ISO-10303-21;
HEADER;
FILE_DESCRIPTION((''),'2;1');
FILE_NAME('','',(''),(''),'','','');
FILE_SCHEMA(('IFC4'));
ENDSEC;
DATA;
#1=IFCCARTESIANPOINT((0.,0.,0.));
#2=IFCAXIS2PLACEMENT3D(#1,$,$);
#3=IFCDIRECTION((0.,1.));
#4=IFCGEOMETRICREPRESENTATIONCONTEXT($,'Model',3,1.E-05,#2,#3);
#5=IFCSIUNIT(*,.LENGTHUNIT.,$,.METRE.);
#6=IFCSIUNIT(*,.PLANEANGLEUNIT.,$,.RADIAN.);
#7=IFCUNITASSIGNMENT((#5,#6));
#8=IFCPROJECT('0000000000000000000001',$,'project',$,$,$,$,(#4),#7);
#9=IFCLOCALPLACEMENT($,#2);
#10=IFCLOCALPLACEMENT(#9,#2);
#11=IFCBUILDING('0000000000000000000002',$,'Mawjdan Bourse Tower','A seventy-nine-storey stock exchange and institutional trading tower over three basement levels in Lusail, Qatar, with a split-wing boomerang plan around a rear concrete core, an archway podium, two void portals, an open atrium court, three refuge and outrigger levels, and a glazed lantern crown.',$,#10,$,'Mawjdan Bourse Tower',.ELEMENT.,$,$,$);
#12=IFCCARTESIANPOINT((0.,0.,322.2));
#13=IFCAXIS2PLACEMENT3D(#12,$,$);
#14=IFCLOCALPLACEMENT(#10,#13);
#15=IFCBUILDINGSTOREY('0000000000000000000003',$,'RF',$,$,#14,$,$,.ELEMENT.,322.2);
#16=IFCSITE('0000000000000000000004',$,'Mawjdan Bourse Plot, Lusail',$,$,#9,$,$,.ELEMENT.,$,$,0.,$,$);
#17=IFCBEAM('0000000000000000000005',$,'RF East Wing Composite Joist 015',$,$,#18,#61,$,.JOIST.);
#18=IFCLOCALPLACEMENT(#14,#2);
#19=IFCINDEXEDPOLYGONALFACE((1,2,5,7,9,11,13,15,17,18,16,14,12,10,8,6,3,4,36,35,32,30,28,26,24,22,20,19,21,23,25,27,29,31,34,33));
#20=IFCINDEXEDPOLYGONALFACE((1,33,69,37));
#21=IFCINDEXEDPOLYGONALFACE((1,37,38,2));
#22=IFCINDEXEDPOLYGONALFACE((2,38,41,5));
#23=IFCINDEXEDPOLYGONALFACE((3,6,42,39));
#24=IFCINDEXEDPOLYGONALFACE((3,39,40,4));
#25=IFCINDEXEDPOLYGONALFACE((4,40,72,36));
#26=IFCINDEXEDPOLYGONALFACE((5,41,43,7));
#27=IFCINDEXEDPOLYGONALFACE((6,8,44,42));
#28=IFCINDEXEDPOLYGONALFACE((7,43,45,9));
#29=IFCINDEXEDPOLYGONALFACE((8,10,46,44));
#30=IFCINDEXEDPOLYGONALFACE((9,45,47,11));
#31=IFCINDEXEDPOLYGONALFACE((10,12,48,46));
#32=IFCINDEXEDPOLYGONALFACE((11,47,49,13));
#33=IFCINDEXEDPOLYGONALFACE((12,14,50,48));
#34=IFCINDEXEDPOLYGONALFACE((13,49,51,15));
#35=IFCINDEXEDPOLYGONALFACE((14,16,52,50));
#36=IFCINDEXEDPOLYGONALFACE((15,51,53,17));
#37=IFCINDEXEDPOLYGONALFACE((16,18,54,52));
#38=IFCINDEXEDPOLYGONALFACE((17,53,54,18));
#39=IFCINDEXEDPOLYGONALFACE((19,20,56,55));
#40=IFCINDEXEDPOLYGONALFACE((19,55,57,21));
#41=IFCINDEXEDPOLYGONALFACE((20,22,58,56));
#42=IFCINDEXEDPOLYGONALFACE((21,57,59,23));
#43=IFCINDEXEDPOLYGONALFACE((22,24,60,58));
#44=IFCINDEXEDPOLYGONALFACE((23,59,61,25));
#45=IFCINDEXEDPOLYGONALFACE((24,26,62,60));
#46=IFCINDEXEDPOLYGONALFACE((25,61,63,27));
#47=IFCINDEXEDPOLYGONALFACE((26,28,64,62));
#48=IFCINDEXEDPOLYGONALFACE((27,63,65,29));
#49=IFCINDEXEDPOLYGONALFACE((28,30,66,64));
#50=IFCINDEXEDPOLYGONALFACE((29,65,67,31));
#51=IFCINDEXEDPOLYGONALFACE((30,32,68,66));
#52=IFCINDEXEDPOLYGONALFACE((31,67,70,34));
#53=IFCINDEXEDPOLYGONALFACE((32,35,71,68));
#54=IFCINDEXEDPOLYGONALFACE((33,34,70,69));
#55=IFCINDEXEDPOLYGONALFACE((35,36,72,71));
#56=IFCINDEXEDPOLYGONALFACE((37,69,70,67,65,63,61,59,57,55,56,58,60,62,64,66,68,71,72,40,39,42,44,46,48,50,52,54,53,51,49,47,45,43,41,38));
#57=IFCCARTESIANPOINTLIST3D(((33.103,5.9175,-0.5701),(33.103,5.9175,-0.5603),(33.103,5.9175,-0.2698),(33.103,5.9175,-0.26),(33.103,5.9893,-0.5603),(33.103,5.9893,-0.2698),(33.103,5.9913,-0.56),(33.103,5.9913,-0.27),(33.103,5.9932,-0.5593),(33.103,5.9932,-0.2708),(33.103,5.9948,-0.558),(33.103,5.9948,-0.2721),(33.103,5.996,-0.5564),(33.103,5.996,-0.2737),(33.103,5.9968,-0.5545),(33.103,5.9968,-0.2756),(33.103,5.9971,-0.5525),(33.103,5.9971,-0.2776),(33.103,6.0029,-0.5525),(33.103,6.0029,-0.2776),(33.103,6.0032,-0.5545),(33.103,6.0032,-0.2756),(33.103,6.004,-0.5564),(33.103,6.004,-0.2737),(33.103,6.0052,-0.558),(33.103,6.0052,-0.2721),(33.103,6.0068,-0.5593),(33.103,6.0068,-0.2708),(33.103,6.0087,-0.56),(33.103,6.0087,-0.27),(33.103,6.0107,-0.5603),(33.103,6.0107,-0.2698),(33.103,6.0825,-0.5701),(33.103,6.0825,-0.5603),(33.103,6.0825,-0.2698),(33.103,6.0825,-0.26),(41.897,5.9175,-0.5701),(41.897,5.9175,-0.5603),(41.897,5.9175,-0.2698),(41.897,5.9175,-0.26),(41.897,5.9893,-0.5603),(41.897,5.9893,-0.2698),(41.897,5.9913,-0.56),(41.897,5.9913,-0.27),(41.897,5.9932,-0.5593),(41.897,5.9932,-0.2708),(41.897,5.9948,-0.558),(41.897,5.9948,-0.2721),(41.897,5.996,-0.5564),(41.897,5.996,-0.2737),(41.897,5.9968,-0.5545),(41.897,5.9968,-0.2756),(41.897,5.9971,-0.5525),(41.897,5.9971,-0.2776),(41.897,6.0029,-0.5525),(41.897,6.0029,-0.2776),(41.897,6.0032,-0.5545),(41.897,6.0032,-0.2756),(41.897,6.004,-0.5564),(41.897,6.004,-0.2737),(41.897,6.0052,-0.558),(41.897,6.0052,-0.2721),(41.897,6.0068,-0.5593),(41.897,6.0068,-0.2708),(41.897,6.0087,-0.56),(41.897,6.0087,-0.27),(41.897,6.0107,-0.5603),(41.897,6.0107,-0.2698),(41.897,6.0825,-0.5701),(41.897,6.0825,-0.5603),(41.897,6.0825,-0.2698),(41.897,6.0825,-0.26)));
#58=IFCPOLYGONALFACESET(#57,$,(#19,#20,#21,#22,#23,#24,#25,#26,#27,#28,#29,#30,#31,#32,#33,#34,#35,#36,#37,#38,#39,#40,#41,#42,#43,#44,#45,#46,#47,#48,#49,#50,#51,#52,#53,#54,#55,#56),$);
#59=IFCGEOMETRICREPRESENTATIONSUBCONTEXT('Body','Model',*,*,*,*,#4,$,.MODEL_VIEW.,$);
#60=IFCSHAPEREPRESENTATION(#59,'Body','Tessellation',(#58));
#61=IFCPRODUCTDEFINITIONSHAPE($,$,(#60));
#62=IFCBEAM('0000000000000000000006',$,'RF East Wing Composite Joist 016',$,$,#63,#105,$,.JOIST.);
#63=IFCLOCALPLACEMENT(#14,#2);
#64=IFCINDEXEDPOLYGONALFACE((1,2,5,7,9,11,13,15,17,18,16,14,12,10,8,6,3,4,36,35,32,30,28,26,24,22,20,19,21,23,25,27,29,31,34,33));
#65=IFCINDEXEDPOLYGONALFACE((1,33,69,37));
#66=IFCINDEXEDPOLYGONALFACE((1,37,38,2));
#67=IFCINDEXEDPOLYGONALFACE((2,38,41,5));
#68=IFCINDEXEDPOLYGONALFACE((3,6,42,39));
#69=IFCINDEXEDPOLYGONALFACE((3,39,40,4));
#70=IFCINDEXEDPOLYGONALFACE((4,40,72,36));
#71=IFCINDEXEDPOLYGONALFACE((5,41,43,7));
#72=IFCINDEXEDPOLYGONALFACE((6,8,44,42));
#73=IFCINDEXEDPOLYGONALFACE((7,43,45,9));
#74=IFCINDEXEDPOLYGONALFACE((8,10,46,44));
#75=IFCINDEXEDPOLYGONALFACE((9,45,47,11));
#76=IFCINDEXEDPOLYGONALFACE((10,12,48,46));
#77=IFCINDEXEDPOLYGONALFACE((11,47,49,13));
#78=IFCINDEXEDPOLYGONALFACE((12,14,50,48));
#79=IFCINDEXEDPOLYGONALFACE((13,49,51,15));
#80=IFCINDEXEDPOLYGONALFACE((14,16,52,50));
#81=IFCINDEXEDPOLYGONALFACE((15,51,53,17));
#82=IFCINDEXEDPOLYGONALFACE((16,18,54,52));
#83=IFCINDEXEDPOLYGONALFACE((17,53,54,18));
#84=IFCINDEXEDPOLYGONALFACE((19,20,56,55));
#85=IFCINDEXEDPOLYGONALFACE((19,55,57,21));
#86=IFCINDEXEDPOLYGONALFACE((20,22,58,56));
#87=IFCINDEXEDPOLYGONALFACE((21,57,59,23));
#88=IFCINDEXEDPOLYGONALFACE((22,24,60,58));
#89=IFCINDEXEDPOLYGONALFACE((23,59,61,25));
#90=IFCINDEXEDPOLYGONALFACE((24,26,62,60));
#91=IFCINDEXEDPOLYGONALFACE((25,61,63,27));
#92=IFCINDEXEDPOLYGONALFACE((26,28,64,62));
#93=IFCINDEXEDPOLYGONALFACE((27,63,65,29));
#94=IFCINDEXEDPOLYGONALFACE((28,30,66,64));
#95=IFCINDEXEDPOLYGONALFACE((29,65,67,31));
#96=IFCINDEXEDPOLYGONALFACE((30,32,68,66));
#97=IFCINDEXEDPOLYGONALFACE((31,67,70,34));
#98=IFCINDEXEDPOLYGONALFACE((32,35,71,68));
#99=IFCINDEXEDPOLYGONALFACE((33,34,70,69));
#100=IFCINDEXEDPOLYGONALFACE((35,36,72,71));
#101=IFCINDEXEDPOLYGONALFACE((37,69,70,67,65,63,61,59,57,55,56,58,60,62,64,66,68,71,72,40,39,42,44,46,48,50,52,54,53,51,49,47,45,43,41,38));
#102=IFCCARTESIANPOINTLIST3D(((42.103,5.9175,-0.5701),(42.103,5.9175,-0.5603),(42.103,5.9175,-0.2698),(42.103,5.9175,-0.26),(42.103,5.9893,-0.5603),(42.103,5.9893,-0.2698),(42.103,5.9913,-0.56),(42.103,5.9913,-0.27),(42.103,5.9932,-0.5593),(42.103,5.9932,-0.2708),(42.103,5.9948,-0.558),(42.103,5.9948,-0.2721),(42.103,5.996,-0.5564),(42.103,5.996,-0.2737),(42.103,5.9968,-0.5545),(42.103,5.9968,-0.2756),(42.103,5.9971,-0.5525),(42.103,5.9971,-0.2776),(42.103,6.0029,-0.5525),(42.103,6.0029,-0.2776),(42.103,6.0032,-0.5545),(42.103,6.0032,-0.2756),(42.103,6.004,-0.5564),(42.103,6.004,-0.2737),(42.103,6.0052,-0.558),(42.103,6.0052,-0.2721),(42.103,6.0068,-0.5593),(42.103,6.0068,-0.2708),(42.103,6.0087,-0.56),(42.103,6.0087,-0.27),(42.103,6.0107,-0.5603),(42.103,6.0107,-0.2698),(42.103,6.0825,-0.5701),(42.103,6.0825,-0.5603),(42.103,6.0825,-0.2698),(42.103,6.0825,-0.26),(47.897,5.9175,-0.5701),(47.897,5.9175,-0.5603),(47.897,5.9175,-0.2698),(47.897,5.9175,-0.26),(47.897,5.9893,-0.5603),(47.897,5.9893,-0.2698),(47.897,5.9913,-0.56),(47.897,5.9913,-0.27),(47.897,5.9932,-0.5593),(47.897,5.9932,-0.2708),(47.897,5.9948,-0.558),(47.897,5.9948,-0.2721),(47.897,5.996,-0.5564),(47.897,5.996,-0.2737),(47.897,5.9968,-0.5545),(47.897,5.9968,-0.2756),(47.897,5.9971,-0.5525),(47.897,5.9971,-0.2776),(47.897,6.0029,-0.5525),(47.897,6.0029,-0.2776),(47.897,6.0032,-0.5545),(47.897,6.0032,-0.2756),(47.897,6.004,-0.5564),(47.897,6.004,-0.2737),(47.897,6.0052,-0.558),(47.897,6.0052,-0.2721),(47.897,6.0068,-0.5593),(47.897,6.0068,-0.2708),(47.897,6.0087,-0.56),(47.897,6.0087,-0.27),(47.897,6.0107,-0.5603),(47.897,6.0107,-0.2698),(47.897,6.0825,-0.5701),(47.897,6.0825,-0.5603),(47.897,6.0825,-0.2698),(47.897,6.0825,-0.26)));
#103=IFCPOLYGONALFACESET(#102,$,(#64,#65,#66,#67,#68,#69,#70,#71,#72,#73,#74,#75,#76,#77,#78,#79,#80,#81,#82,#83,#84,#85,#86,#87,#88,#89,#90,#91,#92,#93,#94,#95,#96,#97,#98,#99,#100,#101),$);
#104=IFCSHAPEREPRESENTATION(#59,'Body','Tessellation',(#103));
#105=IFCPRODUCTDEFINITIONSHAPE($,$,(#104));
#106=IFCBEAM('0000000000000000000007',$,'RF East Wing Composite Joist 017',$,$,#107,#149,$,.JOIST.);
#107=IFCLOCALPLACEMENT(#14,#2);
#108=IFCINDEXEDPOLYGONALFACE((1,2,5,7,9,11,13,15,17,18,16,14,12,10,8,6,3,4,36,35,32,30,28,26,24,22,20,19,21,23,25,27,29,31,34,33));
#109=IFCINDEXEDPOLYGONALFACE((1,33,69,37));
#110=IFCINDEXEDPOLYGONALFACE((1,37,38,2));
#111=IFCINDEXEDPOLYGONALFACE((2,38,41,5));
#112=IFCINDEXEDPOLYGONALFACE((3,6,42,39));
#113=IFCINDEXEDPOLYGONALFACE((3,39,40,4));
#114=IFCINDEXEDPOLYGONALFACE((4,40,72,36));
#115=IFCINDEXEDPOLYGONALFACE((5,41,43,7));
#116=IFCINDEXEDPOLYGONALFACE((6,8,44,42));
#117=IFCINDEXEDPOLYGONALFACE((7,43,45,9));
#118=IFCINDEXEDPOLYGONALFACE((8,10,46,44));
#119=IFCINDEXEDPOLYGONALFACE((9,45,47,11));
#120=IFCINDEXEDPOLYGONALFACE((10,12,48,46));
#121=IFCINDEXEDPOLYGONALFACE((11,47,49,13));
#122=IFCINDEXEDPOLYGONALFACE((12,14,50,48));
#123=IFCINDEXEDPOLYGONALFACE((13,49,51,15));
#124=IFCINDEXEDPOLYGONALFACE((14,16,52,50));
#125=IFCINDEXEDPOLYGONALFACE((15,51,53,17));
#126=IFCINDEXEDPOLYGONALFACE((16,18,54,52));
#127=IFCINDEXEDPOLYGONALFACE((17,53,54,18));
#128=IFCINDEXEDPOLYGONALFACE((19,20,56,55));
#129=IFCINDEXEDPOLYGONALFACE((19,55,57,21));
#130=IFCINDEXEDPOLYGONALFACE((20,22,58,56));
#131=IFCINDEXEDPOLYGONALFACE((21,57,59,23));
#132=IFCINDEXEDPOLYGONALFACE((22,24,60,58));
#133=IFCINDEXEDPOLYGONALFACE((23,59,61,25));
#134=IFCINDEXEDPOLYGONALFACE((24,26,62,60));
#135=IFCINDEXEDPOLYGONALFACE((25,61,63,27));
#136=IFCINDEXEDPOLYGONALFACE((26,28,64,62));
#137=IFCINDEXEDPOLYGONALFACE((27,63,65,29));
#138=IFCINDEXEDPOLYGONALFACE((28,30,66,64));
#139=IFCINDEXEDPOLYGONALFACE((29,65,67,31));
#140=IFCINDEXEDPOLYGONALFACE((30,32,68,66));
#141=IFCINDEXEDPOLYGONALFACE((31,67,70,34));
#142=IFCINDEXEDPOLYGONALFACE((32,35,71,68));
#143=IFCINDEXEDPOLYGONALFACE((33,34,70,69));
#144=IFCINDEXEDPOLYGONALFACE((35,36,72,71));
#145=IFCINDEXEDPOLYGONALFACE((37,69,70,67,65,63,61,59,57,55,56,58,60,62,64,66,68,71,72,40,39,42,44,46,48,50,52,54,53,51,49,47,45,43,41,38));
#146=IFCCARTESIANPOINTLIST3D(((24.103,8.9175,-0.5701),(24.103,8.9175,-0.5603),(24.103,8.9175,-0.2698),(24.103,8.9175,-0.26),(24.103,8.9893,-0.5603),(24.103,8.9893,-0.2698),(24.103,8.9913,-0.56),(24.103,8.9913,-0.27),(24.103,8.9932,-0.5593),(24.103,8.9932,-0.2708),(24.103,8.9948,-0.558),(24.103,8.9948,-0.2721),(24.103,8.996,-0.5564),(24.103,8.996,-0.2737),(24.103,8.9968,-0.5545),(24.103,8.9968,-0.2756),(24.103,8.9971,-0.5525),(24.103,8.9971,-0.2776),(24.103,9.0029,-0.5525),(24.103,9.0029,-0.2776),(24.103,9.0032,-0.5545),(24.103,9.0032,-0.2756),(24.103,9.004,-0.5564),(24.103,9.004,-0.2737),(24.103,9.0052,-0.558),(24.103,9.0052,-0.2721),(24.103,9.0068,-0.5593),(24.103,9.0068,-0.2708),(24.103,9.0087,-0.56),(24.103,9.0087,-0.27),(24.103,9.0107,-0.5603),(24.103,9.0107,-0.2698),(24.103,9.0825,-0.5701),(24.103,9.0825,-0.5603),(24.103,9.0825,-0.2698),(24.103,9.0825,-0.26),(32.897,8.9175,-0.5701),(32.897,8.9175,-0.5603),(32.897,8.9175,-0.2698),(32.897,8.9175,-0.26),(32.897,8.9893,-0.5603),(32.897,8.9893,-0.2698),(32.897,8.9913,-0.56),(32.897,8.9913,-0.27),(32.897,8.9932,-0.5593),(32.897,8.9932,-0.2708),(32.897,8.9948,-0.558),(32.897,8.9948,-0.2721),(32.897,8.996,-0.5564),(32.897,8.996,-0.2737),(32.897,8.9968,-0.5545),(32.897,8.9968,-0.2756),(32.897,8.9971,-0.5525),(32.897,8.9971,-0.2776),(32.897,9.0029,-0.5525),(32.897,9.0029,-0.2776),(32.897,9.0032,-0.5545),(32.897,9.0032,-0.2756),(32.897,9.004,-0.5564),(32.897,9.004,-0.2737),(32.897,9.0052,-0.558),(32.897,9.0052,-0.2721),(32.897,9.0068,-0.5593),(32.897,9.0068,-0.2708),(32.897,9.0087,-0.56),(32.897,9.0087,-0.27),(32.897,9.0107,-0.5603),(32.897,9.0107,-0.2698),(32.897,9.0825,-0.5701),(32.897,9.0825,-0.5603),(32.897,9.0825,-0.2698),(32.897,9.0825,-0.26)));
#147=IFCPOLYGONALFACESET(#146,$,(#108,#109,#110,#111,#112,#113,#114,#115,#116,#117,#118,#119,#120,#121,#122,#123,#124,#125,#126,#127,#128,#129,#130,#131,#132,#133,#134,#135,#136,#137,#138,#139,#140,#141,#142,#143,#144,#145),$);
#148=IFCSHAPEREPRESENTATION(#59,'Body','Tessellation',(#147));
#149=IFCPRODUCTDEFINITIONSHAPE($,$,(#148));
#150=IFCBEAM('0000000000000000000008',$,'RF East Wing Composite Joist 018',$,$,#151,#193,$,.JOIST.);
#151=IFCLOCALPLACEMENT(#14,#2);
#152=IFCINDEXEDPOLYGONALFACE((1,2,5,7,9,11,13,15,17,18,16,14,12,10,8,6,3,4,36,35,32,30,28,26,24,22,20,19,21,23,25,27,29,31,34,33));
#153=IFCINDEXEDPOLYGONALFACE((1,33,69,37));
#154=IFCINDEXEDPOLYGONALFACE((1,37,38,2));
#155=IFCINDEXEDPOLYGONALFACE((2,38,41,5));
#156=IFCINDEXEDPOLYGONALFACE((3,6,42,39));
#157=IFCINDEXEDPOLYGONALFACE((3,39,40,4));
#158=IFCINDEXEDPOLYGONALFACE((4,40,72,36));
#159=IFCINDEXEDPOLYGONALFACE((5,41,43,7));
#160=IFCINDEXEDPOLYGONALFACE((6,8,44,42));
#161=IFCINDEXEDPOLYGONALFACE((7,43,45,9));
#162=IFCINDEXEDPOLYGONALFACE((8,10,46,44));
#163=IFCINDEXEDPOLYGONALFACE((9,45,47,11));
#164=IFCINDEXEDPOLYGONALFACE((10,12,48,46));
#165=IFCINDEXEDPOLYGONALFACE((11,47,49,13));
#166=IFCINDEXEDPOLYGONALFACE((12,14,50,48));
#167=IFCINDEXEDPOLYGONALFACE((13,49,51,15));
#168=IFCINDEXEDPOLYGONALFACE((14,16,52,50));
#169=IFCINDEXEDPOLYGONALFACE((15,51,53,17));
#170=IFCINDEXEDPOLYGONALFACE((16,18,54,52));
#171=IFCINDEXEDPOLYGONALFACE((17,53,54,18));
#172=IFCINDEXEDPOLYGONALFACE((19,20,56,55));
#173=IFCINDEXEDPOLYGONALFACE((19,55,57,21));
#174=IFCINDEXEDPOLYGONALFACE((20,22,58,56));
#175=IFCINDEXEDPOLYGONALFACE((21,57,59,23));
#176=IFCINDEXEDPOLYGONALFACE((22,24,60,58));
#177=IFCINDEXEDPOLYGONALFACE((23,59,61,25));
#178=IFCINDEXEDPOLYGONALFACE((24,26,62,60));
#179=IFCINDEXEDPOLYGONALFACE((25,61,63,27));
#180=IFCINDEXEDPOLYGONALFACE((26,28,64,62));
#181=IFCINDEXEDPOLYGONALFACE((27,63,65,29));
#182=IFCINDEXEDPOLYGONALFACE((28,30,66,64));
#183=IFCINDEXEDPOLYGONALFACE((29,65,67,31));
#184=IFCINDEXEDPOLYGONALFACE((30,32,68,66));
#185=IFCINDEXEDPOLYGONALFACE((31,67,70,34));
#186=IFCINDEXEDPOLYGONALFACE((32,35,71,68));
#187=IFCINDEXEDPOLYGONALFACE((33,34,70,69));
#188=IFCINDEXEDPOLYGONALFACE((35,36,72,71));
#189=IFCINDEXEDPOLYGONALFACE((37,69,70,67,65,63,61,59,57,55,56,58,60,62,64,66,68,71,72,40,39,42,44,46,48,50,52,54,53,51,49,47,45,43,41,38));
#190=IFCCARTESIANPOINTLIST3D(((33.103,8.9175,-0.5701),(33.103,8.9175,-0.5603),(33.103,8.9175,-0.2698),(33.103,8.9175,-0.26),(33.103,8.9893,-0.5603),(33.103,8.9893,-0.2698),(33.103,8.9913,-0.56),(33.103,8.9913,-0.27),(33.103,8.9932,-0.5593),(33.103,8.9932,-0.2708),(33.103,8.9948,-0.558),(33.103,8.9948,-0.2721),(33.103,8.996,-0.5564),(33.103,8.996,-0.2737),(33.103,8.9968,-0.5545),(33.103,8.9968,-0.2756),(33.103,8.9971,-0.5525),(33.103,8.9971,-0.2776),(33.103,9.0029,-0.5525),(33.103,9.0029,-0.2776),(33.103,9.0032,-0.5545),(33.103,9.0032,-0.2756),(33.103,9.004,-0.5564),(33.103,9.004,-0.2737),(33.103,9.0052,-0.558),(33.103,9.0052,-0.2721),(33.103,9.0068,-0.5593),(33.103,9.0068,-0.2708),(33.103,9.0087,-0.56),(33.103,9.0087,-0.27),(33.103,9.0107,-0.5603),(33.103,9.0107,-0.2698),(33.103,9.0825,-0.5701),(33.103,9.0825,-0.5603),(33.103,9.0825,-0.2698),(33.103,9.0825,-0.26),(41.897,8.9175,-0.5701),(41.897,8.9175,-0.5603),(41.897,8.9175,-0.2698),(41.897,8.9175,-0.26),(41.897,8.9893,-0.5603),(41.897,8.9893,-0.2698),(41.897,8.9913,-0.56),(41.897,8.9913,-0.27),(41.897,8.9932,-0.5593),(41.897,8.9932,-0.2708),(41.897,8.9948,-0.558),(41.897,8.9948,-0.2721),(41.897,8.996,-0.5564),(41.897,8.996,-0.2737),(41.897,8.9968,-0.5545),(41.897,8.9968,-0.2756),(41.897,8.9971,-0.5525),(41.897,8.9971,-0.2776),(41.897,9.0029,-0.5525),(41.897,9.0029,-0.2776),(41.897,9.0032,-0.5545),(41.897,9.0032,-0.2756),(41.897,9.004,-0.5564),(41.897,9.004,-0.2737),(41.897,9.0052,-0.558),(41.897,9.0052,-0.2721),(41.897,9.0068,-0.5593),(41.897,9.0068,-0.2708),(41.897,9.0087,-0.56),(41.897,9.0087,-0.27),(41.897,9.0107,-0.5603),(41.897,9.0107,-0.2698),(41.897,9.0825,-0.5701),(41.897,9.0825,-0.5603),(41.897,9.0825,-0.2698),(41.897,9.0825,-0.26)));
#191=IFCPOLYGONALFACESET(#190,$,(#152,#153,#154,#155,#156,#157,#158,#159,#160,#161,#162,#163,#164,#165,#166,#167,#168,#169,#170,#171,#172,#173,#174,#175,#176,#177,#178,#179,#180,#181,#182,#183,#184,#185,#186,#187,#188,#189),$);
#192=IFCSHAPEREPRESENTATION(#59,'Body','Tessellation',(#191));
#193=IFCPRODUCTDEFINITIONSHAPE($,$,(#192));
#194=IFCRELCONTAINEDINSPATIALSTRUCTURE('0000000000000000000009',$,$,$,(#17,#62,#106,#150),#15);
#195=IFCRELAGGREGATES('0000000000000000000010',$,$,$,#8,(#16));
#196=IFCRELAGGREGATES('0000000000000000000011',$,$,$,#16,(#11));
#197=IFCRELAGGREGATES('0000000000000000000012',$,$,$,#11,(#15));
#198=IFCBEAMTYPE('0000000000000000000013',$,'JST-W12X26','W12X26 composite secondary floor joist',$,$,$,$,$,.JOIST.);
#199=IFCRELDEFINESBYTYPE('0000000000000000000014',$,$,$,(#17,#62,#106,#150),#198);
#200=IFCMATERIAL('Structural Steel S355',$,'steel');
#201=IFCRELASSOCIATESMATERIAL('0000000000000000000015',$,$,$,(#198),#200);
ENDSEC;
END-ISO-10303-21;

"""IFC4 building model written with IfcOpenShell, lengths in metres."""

from ifc_helpers import new_model, si_unit, direction, frame, origin, origin_2d, place, context, subcontext, project, spatial, i_section, extrude, material, material_profile, profile_set, type_object, element, save


model = new_model("IFC4")

# Units and contexts
model_context = context("Model", 3, precision=1e-05, world=origin(), true_north=direction((0.0, 1.0)))
body_context = subcontext(model_context, "Body", "Model", "MODEL_VIEW")
ifc_project = project(units=[si_unit("LENGTHUNIT", "METRE"), si_unit("PLANEANGLEUNIT", "RADIAN")], contexts=[model_context])

# Site, building, storey
site_placement = place(None, origin())
site = spatial("IfcSite", under=ifc_project, at=site_placement, Name="Mawjdan Bourse Plot, Lusail", CompositionType="ELEMENT", RefElevation=0.0)
building_placement = place(site_placement, origin())
building = spatial("IfcBuilding", under=site, at=building_placement, Name="Mawjdan Bourse Tower", Description="A seventy-nine-storey stock exchange and institutional trading tower over three basement levels in Lusail, Qatar, with a split-wing boomerang plan around a rear concrete core, an archway podium, two void portals, an open atrium court, three refuge and outrigger levels, and a glazed lantern crown.", LongName="Mawjdan Bourse Tower", CompositionType="ELEMENT")
storey_placement = place(building_placement, frame((0.0, 0.0, 322.2)))
storey = spatial("IfcBuildingStorey", under=building, at=storey_placement, Name="RF", CompositionType="ELEMENT", Elevation=322.2)

# Beams
ifc_material_1 = material(Name="Structural Steel S355", Category="steel")
ifc_material_profile_1 = material_profile(ifc_material_1, i_section(OverallWidth=0.165, OverallDepth=0.3101, WebThickness=0.0059, FlangeThickness=0.0098, FilletRadius=0.0078, at=origin_2d()), Name="W12X26")
ifc_profile_set_1 = profile_set([ifc_material_profile_1], Name="Structural Steel S355")
beam_type_1 = type_object("IfcBeamType", Name="JST-W12X26", Description="W12X26 composite secondary floor joist", PredefinedType="JOIST", material=ifc_profile_set_1)
for number, where, z_axis, x_axis, name in (
    (1, (33.103, 6.0, -0.415), (1.0, 0.0, 0.0), (0.0, 1.0, 0.0), "RF East Wing Composite Joist 015"),
):
    element("IfcBeam", number, at=place(storey_placement, frame(where, z_axis=z_axis, x_axis=x_axis)), inside=storey, type_object=beam_type_1, Name=name, PredefinedType="JOIST", context=body_context, shape_type="SweptSolid", body=[
        extrude(i_section(OverallWidth=0.165, OverallDepth=0.3101, WebThickness=0.0059, FlangeThickness=0.0098, FilletRadius=0.0078, at=origin_2d()), origin(), (0.0, 0.0, 1.0), 8.7939),
    ])
beam_1_placement = place(storey_placement, frame((42.103, 6.0, -0.415), z_axis=(1.0, 0.0, 0.0), x_axis=(0.0, 1.0, 0.0)))
element("IfcBeam", 2, at=beam_1_placement, inside=storey, type_object=beam_type_1, Name="RF East Wing Composite Joist 016", PredefinedType="JOIST", context=body_context, shape_type="SweptSolid", body=[
    extrude(i_section(OverallWidth=0.165, OverallDepth=0.3101, WebThickness=0.0059, FlangeThickness=0.0098, FilletRadius=0.0078, at=origin_2d()), origin(), (0.0, 0.0, 1.0), 5.7939),
])
for number, where, z_axis, x_axis, name in (
    (3, (24.103, 9.0, -0.415), (1.0, 0.0, 0.0), (0.0, 1.0, 0.0), "RF East Wing Composite Joist 017"),
    (4, (33.103, 9.0, -0.415), (1.0, 0.0, 0.0), (0.0, 1.0, 0.0), "RF East Wing Composite Joist 018"),
):
    element("IfcBeam", number, at=place(storey_placement, frame(where, z_axis=z_axis, x_axis=x_axis)), inside=storey, type_object=beam_type_1, Name=name, PredefinedType="JOIST", context=body_context, shape_type="SweptSolid", body=[
        extrude(i_section(OverallWidth=0.165, OverallDepth=0.3101, WebThickness=0.0059, FlangeThickness=0.0098, FilletRadius=0.0078, at=origin_2d()), origin(), (0.0, 0.0, 1.0), 8.7939),
    ])

save(model, "model.ifc")
